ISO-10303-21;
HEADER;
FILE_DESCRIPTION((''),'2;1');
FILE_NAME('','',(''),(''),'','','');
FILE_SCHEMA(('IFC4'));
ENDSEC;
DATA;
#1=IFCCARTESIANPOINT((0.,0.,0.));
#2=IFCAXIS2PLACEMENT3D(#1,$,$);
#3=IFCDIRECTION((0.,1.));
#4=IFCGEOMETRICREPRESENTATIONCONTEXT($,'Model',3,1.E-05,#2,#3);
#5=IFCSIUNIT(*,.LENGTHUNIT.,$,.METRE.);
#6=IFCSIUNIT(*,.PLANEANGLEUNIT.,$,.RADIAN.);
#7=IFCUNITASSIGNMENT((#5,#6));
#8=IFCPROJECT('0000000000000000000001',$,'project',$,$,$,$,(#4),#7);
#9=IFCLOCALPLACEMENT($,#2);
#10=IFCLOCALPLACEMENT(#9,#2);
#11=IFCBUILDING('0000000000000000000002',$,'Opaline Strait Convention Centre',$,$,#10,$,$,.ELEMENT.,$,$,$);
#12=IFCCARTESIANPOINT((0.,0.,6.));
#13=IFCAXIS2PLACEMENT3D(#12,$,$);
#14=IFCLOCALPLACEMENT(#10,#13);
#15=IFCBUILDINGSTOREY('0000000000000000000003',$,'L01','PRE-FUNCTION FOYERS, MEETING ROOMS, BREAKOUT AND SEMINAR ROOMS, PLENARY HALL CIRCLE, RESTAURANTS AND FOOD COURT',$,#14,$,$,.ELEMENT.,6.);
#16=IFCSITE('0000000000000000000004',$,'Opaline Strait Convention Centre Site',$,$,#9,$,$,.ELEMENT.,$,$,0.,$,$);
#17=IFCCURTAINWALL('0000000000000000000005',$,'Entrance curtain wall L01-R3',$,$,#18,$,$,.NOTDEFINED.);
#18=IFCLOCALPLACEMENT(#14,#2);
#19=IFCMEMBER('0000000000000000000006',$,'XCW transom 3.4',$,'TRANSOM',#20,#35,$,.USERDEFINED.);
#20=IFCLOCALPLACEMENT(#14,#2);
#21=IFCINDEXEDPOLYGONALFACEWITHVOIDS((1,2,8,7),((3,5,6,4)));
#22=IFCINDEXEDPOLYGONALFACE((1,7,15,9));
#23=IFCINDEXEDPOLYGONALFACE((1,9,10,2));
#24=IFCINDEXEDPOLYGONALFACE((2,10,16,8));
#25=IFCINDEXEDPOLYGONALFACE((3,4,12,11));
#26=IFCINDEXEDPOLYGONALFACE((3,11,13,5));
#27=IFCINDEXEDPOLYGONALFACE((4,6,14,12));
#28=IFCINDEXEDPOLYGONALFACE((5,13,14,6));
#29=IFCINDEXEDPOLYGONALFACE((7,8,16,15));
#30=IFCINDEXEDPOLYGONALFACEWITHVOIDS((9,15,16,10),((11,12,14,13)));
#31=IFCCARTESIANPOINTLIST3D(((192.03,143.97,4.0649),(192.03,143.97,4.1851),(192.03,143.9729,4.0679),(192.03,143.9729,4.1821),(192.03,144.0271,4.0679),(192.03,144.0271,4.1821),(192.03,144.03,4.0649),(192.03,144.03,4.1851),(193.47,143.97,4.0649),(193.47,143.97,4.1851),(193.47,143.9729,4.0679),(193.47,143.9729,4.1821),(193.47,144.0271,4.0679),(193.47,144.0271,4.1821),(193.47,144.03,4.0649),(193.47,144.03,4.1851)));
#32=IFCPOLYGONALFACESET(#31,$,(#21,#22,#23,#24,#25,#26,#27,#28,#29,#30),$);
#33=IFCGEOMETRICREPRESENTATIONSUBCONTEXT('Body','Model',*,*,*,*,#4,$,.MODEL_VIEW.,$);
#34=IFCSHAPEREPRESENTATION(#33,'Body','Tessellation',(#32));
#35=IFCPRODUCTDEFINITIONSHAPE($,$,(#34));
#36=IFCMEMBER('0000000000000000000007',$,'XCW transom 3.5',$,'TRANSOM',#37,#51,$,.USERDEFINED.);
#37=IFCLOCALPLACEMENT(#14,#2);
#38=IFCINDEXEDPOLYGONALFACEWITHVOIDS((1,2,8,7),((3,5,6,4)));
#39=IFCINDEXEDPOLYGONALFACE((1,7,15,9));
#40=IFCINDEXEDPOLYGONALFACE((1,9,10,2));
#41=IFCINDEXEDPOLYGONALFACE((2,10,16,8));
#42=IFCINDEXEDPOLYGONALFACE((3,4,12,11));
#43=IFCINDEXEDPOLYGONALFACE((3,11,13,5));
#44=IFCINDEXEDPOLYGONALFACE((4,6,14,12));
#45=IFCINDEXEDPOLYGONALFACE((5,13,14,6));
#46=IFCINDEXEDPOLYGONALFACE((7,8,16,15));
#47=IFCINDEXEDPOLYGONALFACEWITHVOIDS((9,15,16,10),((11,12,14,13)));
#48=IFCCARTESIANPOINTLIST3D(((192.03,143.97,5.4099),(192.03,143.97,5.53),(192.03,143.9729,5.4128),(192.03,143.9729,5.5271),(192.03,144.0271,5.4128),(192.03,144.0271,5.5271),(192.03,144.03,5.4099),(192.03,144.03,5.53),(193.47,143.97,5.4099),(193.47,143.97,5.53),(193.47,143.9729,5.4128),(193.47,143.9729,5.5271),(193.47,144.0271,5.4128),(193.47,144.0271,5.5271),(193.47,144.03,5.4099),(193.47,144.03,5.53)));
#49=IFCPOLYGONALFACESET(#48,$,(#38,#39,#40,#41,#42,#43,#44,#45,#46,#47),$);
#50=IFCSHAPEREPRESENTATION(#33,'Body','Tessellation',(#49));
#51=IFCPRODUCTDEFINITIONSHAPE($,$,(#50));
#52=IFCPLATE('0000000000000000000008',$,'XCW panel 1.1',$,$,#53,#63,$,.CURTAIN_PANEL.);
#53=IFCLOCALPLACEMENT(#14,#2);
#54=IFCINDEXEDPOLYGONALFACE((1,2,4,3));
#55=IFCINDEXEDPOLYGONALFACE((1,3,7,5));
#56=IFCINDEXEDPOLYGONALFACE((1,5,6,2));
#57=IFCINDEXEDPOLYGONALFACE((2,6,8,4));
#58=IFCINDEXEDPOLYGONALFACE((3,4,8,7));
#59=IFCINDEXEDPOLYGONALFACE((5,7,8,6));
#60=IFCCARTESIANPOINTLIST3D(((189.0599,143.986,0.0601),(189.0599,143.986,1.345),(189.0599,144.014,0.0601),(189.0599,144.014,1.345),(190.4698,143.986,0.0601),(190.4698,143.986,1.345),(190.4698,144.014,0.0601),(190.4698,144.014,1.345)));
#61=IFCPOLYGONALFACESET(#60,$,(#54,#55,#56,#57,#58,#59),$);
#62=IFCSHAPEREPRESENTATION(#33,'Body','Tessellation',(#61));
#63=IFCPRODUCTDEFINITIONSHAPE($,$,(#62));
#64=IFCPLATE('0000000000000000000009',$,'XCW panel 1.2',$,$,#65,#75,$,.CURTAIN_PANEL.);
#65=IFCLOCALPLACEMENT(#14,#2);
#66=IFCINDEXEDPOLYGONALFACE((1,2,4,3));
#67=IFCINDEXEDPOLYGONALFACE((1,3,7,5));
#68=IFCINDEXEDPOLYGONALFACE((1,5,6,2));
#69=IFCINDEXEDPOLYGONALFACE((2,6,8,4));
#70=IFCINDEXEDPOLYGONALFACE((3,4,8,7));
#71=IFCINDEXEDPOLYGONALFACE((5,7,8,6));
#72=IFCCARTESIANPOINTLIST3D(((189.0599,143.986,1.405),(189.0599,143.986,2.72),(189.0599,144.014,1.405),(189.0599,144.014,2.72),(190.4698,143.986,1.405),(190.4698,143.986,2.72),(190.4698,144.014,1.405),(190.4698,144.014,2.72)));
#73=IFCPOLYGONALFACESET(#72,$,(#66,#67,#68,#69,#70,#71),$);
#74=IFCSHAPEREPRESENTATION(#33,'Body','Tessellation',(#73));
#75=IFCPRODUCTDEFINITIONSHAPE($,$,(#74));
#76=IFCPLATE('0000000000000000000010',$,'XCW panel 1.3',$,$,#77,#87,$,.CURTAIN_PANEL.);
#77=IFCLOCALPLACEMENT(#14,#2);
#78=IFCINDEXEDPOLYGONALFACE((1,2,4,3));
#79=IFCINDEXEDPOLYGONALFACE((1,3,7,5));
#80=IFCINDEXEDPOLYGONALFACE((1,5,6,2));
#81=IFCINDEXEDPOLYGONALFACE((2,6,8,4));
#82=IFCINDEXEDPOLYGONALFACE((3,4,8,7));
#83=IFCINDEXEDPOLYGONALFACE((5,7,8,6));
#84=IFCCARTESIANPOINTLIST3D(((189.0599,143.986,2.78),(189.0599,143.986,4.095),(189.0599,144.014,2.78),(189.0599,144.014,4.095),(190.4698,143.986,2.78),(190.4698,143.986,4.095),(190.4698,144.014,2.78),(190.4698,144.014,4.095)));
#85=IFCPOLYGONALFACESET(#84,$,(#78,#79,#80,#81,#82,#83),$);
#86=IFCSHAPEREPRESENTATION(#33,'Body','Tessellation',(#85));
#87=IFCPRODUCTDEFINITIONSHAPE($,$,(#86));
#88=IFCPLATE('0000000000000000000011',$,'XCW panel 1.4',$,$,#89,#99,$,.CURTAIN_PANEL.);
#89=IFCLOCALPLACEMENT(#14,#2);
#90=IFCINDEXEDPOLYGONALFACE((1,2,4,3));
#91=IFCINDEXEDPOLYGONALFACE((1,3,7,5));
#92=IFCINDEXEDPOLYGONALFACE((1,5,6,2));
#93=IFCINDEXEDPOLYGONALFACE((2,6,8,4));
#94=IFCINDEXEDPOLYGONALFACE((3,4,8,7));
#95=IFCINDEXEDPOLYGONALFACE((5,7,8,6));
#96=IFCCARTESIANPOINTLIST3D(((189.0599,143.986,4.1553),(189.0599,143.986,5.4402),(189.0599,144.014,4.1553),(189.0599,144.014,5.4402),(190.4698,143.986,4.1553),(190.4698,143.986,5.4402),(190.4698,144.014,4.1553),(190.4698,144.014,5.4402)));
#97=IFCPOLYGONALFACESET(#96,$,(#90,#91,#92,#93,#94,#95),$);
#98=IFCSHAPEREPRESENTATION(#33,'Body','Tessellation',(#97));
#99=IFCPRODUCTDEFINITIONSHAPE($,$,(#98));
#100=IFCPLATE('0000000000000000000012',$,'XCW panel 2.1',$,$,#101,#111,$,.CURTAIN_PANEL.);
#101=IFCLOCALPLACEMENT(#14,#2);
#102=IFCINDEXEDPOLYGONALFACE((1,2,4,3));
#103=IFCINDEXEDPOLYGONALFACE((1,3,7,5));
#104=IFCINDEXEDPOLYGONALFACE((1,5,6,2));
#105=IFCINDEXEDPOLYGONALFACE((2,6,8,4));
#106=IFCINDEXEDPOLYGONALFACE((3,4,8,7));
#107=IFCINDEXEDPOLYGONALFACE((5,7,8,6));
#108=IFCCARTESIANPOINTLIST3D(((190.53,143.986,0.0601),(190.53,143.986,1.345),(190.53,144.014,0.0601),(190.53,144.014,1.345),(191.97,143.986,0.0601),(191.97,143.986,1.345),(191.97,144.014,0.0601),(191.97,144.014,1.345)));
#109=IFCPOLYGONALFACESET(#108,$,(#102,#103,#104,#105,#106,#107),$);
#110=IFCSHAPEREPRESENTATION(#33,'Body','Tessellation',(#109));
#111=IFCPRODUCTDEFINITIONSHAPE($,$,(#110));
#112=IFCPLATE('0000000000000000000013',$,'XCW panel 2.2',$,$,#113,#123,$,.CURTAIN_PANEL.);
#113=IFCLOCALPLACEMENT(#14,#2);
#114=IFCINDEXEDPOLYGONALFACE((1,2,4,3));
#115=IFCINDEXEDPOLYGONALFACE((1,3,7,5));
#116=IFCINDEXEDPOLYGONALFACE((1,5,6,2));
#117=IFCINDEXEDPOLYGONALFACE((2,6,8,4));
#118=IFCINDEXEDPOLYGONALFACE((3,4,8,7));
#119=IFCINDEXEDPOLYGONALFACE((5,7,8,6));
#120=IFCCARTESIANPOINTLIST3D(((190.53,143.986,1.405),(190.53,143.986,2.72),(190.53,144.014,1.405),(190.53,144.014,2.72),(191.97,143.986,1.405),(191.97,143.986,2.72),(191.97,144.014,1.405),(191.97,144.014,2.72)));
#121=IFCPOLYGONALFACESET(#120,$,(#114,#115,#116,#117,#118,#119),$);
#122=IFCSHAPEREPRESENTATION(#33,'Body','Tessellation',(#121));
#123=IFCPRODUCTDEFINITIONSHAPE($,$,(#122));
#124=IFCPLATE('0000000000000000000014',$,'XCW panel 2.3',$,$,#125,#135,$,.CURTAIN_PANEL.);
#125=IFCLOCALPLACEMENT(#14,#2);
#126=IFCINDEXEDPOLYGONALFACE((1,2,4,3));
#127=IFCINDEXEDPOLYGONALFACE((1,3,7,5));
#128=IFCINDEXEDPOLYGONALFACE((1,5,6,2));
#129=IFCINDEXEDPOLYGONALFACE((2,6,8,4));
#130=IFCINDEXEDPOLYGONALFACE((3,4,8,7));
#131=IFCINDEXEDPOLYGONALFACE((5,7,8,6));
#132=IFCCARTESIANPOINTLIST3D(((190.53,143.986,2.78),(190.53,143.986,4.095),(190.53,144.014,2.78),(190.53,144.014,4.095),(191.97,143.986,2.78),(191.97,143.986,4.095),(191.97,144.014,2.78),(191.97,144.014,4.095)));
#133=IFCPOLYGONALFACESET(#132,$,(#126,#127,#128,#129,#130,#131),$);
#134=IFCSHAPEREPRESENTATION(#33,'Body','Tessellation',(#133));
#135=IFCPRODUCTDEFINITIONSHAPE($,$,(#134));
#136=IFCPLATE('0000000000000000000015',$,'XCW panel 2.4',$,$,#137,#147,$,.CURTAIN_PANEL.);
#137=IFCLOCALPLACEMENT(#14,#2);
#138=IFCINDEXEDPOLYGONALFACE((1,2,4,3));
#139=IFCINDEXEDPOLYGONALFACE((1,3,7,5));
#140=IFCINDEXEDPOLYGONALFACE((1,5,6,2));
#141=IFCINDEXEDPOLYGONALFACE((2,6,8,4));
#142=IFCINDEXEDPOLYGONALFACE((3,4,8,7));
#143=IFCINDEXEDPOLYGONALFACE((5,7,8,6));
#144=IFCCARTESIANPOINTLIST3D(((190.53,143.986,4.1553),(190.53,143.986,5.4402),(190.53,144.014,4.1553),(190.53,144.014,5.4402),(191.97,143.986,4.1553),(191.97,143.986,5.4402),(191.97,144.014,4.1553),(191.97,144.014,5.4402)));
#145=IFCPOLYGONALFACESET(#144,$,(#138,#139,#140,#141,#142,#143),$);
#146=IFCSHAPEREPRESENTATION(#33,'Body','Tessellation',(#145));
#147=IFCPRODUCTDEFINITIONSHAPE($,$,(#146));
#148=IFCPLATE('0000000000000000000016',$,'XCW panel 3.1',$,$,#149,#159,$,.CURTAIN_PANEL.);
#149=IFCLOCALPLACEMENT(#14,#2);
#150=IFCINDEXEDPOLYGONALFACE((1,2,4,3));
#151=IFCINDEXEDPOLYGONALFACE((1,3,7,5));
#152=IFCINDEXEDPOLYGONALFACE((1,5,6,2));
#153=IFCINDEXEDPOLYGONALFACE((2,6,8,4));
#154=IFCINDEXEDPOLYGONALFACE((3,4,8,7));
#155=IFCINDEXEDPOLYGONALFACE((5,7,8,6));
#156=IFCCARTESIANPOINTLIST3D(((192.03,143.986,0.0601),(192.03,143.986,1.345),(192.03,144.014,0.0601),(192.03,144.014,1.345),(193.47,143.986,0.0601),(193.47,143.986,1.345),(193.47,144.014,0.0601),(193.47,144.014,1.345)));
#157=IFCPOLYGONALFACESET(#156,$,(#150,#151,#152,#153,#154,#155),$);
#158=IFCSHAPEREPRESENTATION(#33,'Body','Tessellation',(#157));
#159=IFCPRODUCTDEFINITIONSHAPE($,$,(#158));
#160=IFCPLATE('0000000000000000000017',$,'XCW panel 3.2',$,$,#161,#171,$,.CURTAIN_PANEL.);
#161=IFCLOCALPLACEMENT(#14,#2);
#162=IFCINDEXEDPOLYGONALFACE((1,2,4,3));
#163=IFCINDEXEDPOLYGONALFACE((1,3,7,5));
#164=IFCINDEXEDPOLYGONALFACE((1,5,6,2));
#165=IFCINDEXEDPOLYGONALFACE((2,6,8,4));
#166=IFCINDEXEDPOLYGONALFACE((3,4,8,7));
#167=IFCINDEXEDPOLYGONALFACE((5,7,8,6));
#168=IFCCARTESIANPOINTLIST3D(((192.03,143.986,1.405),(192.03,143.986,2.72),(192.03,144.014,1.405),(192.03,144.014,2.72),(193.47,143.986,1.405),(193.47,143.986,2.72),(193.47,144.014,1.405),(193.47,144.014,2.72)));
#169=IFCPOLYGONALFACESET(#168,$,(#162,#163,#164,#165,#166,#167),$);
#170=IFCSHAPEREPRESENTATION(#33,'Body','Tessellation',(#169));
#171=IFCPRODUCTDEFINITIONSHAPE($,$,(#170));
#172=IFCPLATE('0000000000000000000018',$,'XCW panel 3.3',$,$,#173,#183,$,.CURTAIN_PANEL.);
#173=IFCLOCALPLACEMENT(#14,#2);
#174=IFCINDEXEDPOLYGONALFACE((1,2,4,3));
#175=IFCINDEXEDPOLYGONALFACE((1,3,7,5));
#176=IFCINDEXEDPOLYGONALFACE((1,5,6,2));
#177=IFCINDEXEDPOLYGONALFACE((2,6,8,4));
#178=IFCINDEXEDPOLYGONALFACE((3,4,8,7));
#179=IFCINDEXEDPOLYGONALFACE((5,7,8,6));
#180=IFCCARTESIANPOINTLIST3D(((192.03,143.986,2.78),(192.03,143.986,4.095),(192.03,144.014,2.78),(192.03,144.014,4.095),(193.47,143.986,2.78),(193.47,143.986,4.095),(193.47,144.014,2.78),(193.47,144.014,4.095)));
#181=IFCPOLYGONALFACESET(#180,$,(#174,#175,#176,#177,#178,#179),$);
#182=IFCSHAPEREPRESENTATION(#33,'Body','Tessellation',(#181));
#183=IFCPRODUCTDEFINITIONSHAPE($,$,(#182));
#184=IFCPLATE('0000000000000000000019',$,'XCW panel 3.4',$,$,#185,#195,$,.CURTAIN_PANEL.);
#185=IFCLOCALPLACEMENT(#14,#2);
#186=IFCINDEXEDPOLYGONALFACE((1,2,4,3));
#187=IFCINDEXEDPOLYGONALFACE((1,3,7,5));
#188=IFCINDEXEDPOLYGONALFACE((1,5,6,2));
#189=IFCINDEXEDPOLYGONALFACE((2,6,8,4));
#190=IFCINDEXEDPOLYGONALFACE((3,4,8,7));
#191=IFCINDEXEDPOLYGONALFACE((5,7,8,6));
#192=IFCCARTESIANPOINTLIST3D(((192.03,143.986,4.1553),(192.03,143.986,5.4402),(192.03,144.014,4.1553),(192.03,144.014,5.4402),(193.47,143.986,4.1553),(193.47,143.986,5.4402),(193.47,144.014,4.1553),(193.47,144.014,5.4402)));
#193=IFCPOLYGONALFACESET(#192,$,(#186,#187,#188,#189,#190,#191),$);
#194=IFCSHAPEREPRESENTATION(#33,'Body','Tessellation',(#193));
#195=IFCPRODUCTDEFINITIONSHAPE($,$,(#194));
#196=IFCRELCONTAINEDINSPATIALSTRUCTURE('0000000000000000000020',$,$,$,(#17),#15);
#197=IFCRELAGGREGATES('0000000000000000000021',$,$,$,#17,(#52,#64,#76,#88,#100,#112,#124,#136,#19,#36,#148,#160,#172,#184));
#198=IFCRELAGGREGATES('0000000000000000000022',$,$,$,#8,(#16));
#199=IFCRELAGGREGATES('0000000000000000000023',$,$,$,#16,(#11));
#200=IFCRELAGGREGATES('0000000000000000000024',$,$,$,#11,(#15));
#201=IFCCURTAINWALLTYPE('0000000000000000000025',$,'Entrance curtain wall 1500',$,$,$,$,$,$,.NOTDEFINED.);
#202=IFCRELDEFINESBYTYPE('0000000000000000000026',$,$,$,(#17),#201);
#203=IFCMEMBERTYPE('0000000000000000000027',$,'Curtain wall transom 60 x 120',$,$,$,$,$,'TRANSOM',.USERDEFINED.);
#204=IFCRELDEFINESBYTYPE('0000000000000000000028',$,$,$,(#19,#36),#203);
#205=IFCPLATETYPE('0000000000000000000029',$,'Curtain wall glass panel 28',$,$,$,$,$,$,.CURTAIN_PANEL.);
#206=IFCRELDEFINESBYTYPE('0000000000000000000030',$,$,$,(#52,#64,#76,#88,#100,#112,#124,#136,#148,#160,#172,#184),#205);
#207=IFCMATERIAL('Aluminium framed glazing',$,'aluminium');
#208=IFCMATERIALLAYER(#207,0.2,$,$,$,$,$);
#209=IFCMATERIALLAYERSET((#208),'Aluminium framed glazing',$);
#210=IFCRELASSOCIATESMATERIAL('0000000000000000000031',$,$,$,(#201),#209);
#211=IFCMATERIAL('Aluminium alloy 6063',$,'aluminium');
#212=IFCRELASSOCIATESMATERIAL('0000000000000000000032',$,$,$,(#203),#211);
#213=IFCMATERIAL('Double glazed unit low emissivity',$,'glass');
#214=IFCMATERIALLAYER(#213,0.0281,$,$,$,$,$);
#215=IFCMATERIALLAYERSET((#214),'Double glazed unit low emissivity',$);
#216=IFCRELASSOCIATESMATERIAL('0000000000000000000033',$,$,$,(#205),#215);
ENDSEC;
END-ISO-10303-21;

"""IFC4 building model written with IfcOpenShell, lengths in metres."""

from ifc_helpers import new_model, si_unit, direction, frame, origin, origin_2d, place, context, subcontext, project, spatial, rectangle, hollow_rectangle, extrude, material, layer, layer_set, material_profile, profile_set, type_object, element, aggregate, save


model = new_model("IFC4")

# Units and contexts
model_context = context("Model", 3, precision=1e-05, world=origin(), true_north=direction((0.0, 1.0)))
body_context = subcontext(model_context, "Body", "Model", "MODEL_VIEW")
ifc_project = project(units=[si_unit("LENGTHUNIT", "METRE"), si_unit("PLANEANGLEUNIT", "RADIAN")], contexts=[model_context])

# Site, building, storey
site_placement = place(None, origin())
site = spatial("IfcSite", under=ifc_project, at=site_placement, Name="Opaline Strait Convention Centre Site", CompositionType="ELEMENT", RefElevation=0.0)
building_placement = place(site_placement, origin())
building = spatial("IfcBuilding", under=site, at=building_placement, Name="Opaline Strait Convention Centre", CompositionType="ELEMENT")
storey_placement = place(building_placement, frame((0.0, 0.0, 6.0)))
storey = spatial("IfcBuildingStorey", under=building, at=storey_placement, Name="L01", Description="PRE-FUNCTION FOYERS, MEETING ROOMS, BREAKOUT AND SEMINAR ROOMS, PLENARY HALL CIRCLE, RESTAURANTS AND FOOD COURT", CompositionType="ELEMENT", Elevation=6.0)

# Curtain wall, members, plates
ifc_material_1 = material(Name="Aluminium framed glazing", Category="aluminium")
ifc_layer_1 = layer(ifc_material_1, 0.2)
ifc_layer_set_1 = layer_set([ifc_layer_1], Name="Aluminium framed glazing")
curtain_wall_type = type_object("IfcCurtainWallType", Name="Entrance curtain wall 1500", PredefinedType="NOTDEFINED", material=ifc_layer_set_1)
curtain_wall_placement = place(storey_placement, origin())
curtain_wall = element("IfcCurtainWall", 1, at=curtain_wall_placement, inside=storey, type_object=curtain_wall_type, Name="Entrance curtain wall L01-R3", PredefinedType="NOTDEFINED")
ifc_material_2 = material(Name="Aluminium alloy 6063", Category="aluminium")
ifc_material_profile_1 = material_profile(ifc_material_2, hollow_rectangle(XDim=0.0601, YDim=0.1201, WallThickness=0.0029, at=origin_2d()), Name="TRANSOM 60x120x3")
ifc_profile_set_1 = profile_set([ifc_material_profile_1], Name="Aluminium alloy 6063")
member_type_1 = type_object("IfcMemberType", Name="Curtain wall transom 60 x 120", ElementType="TRANSOM", PredefinedType="USERDEFINED", material=ifc_profile_set_1)
member_1_placement = place(storey_placement, frame((192.03, 144.0, 4.125), z_axis=(1.0, 0.0, 0.0), x_axis=(0.0, 1.0, 0.0)))
member_1 = element("IfcMember", 2, at=member_1_placement, type_object=member_type_1, Name="XCW transom 3.4", ObjectType="TRANSOM", PredefinedType="USERDEFINED", context=body_context, shape_type="SweptSolid", body=[
    extrude(hollow_rectangle(XDim=0.0601, YDim=0.1201, WallThickness=0.0029, at=origin_2d()), origin(), (0.0, 0.0, 1.0), 1.4399),
])
member_2_placement = place(storey_placement, frame((192.03, 144.0, 5.47), z_axis=(1.0, 0.0, 0.0), x_axis=(0.0, 1.0, 0.0)))
member_2 = element("IfcMember", 3, at=member_2_placement, type_object=member_type_1, Name="XCW transom 3.5", ObjectType="TRANSOM", PredefinedType="USERDEFINED", context=body_context, shape_type="SweptSolid", body=[
    extrude(hollow_rectangle(XDim=0.0601, YDim=0.1201, WallThickness=0.0029, at=origin_2d()), origin(), (0.0, 0.0, 1.0), 1.4399),
])
ifc_material_3 = material(Name="Double glazed unit low emissivity", Category="glass")
ifc_layer_2 = layer(ifc_material_3, 0.0281)
ifc_layer_set_2 = layer_set([ifc_layer_2], Name="Double glazed unit low emissivity")
plate_type = type_object("IfcPlateType", Name="Curtain wall glass panel 28", PredefinedType="CURTAIN_PANEL", material=ifc_layer_set_2)
plate_1_placement = place(storey_placement, frame((189.7649, 144.0, 0.0601), z_axis=(0.0, 0.0, 1.0), x_axis=(1.0, 0.0, 0.0)))
plate_1 = element("IfcPlate", 4, at=plate_1_placement, type_object=plate_type, Name="XCW panel 1.1", PredefinedType="CURTAIN_PANEL", context=body_context, shape_type="SweptSolid", body=[
    extrude(rectangle(XDim=1.4099, YDim=0.0281, at=origin_2d()), origin(), (0.0, 0.0, 1.0), 1.2849),
])
plate_2_placement = place(storey_placement, frame((189.7649, 144.0, 1.405), z_axis=(0.0, 0.0, 1.0), x_axis=(1.0, 0.0, 0.0)))
plate_2 = element("IfcPlate", 5, at=plate_2_placement, type_object=plate_type, Name="XCW panel 1.2", PredefinedType="CURTAIN_PANEL", context=body_context, shape_type="SweptSolid", body=[
    extrude(rectangle(XDim=1.4099, YDim=0.0281, at=origin_2d()), origin(), (0.0, 0.0, 1.0), 1.3149),
])
plate_3_placement = place(storey_placement, frame((189.7649, 144.0, 2.78), z_axis=(0.0, 0.0, 1.0), x_axis=(1.0, 0.0, 0.0)))
plate_3 = element("IfcPlate", 6, at=plate_3_placement, type_object=plate_type, Name="XCW panel 1.3", PredefinedType="CURTAIN_PANEL", context=body_context, shape_type="SweptSolid", body=[
    extrude(rectangle(XDim=1.4099, YDim=0.0281, at=origin_2d()), origin(), (0.0, 0.0, 1.0), 1.3149),
])
plate_4_placement = place(storey_placement, frame((189.7649, 144.0, 4.1553), z_axis=(0.0, 0.0, 1.0), x_axis=(1.0, 0.0, 0.0)))
plate_4 = element("IfcPlate", 7, at=plate_4_placement, type_object=plate_type, Name="XCW panel 1.4", PredefinedType="CURTAIN_PANEL", context=body_context, shape_type="SweptSolid", body=[
    extrude(rectangle(XDim=1.4099, YDim=0.0281, at=origin_2d()), origin(), (0.0, 0.0, 1.0), 1.2849),
])
plate_5_placement = place(storey_placement, frame((191.25, 144.0, 0.0601), z_axis=(0.0, 0.0, 1.0), x_axis=(1.0, 0.0, 0.0)))
plate_5 = element("IfcPlate", 8, at=plate_5_placement, type_object=plate_type, Name="XCW panel 2.1", PredefinedType="CURTAIN_PANEL", context=body_context, shape_type="SweptSolid", body=[
    extrude(rectangle(XDim=1.4399, YDim=0.0281, at=origin_2d()), origin(), (0.0, 0.0, 1.0), 1.2849),
])
plate_6_placement = place(storey_placement, frame((191.25, 144.0, 1.405), z_axis=(0.0, 0.0, 1.0), x_axis=(1.0, 0.0, 0.0)))
plate_6 = element("IfcPlate", 9, at=plate_6_placement, type_object=plate_type, Name="XCW panel 2.2", PredefinedType="CURTAIN_PANEL", context=body_context, shape_type="SweptSolid", body=[
    extrude(rectangle(XDim=1.4399, YDim=0.0281, at=origin_2d()), origin(), (0.0, 0.0, 1.0), 1.3149),
])
plate_7_placement = place(storey_placement, frame((191.25, 144.0, 2.78), z_axis=(0.0, 0.0, 1.0), x_axis=(1.0, 0.0, 0.0)))
plate_7 = element("IfcPlate", 10, at=plate_7_placement, type_object=plate_type, Name="XCW panel 2.3", PredefinedType="CURTAIN_PANEL", context=body_context, shape_type="SweptSolid", body=[
    extrude(rectangle(XDim=1.4399, YDim=0.0281, at=origin_2d()), origin(), (0.0, 0.0, 1.0), 1.3149),
])
plate_8_placement = place(storey_placement, frame((191.25, 144.0, 4.1553), z_axis=(0.0, 0.0, 1.0), x_axis=(1.0, 0.0, 0.0)))
plate_8 = element("IfcPlate", 11, at=plate_8_placement, type_object=plate_type, Name="XCW panel 2.4", PredefinedType="CURTAIN_PANEL", context=body_context, shape_type="SweptSolid", body=[
    extrude(rectangle(XDim=1.4399, YDim=0.0281, at=origin_2d()), origin(), (0.0, 0.0, 1.0), 1.2849),
])
plate_9_placement = place(storey_placement, frame((192.75, 144.0, 0.0601), z_axis=(0.0, 0.0, 1.0), x_axis=(1.0, 0.0, 0.0)))
plate_9 = element("IfcPlate", 12, at=plate_9_placement, type_object=plate_type, Name="XCW panel 3.1", PredefinedType="CURTAIN_PANEL", context=body_context, shape_type="SweptSolid", body=[
    extrude(rectangle(XDim=1.4399, YDim=0.0281, at=origin_2d()), origin(), (0.0, 0.0, 1.0), 1.2849),
])
plate_10_placement = place(storey_placement, frame((192.75, 144.0, 1.405), z_axis=(0.0, 0.0, 1.0), x_axis=(1.0, 0.0, 0.0)))
plate_10 = element("IfcPlate", 13, at=plate_10_placement, type_object=plate_type, Name="XCW panel 3.2", PredefinedType="CURTAIN_PANEL", context=body_context, shape_type="SweptSolid", body=[
    extrude(rectangle(XDim=1.4399, YDim=0.0281, at=origin_2d()), origin(), (0.0, 0.0, 1.0), 1.3149),
])
plate_11_placement = place(storey_placement, frame((192.75, 144.0, 2.78), z_axis=(0.0, 0.0, 1.0), x_axis=(1.0, 0.0, 0.0)))
plate_11 = element("IfcPlate", 14, at=plate_11_placement, type_object=plate_type, Name="XCW panel 3.3", PredefinedType="CURTAIN_PANEL", context=body_context, shape_type="SweptSolid", body=[
    extrude(rectangle(XDim=1.4399, YDim=0.0281, at=origin_2d()), origin(), (0.0, 0.0, 1.0), 1.3149),
])
plate_12_placement = place(storey_placement, frame((192.75, 144.0, 4.1553), z_axis=(0.0, 0.0, 1.0), x_axis=(1.0, 0.0, 0.0)))
plate_12 = element("IfcPlate", 15, at=plate_12_placement, type_object=plate_type, Name="XCW panel 3.4", PredefinedType="CURTAIN_PANEL", context=body_context, shape_type="SweptSolid", body=[
    extrude(rectangle(XDim=1.4399, YDim=0.0281, at=origin_2d()), origin(), (0.0, 0.0, 1.0), 1.2849),
])
aggregate(curtain_wall, [plate_1, plate_2, plate_3, plate_4, plate_5, plate_6, plate_7, plate_8, member_1, member_2, plate_9, plate_10, plate_11, plate_12])

save(model, "model.ifc")
